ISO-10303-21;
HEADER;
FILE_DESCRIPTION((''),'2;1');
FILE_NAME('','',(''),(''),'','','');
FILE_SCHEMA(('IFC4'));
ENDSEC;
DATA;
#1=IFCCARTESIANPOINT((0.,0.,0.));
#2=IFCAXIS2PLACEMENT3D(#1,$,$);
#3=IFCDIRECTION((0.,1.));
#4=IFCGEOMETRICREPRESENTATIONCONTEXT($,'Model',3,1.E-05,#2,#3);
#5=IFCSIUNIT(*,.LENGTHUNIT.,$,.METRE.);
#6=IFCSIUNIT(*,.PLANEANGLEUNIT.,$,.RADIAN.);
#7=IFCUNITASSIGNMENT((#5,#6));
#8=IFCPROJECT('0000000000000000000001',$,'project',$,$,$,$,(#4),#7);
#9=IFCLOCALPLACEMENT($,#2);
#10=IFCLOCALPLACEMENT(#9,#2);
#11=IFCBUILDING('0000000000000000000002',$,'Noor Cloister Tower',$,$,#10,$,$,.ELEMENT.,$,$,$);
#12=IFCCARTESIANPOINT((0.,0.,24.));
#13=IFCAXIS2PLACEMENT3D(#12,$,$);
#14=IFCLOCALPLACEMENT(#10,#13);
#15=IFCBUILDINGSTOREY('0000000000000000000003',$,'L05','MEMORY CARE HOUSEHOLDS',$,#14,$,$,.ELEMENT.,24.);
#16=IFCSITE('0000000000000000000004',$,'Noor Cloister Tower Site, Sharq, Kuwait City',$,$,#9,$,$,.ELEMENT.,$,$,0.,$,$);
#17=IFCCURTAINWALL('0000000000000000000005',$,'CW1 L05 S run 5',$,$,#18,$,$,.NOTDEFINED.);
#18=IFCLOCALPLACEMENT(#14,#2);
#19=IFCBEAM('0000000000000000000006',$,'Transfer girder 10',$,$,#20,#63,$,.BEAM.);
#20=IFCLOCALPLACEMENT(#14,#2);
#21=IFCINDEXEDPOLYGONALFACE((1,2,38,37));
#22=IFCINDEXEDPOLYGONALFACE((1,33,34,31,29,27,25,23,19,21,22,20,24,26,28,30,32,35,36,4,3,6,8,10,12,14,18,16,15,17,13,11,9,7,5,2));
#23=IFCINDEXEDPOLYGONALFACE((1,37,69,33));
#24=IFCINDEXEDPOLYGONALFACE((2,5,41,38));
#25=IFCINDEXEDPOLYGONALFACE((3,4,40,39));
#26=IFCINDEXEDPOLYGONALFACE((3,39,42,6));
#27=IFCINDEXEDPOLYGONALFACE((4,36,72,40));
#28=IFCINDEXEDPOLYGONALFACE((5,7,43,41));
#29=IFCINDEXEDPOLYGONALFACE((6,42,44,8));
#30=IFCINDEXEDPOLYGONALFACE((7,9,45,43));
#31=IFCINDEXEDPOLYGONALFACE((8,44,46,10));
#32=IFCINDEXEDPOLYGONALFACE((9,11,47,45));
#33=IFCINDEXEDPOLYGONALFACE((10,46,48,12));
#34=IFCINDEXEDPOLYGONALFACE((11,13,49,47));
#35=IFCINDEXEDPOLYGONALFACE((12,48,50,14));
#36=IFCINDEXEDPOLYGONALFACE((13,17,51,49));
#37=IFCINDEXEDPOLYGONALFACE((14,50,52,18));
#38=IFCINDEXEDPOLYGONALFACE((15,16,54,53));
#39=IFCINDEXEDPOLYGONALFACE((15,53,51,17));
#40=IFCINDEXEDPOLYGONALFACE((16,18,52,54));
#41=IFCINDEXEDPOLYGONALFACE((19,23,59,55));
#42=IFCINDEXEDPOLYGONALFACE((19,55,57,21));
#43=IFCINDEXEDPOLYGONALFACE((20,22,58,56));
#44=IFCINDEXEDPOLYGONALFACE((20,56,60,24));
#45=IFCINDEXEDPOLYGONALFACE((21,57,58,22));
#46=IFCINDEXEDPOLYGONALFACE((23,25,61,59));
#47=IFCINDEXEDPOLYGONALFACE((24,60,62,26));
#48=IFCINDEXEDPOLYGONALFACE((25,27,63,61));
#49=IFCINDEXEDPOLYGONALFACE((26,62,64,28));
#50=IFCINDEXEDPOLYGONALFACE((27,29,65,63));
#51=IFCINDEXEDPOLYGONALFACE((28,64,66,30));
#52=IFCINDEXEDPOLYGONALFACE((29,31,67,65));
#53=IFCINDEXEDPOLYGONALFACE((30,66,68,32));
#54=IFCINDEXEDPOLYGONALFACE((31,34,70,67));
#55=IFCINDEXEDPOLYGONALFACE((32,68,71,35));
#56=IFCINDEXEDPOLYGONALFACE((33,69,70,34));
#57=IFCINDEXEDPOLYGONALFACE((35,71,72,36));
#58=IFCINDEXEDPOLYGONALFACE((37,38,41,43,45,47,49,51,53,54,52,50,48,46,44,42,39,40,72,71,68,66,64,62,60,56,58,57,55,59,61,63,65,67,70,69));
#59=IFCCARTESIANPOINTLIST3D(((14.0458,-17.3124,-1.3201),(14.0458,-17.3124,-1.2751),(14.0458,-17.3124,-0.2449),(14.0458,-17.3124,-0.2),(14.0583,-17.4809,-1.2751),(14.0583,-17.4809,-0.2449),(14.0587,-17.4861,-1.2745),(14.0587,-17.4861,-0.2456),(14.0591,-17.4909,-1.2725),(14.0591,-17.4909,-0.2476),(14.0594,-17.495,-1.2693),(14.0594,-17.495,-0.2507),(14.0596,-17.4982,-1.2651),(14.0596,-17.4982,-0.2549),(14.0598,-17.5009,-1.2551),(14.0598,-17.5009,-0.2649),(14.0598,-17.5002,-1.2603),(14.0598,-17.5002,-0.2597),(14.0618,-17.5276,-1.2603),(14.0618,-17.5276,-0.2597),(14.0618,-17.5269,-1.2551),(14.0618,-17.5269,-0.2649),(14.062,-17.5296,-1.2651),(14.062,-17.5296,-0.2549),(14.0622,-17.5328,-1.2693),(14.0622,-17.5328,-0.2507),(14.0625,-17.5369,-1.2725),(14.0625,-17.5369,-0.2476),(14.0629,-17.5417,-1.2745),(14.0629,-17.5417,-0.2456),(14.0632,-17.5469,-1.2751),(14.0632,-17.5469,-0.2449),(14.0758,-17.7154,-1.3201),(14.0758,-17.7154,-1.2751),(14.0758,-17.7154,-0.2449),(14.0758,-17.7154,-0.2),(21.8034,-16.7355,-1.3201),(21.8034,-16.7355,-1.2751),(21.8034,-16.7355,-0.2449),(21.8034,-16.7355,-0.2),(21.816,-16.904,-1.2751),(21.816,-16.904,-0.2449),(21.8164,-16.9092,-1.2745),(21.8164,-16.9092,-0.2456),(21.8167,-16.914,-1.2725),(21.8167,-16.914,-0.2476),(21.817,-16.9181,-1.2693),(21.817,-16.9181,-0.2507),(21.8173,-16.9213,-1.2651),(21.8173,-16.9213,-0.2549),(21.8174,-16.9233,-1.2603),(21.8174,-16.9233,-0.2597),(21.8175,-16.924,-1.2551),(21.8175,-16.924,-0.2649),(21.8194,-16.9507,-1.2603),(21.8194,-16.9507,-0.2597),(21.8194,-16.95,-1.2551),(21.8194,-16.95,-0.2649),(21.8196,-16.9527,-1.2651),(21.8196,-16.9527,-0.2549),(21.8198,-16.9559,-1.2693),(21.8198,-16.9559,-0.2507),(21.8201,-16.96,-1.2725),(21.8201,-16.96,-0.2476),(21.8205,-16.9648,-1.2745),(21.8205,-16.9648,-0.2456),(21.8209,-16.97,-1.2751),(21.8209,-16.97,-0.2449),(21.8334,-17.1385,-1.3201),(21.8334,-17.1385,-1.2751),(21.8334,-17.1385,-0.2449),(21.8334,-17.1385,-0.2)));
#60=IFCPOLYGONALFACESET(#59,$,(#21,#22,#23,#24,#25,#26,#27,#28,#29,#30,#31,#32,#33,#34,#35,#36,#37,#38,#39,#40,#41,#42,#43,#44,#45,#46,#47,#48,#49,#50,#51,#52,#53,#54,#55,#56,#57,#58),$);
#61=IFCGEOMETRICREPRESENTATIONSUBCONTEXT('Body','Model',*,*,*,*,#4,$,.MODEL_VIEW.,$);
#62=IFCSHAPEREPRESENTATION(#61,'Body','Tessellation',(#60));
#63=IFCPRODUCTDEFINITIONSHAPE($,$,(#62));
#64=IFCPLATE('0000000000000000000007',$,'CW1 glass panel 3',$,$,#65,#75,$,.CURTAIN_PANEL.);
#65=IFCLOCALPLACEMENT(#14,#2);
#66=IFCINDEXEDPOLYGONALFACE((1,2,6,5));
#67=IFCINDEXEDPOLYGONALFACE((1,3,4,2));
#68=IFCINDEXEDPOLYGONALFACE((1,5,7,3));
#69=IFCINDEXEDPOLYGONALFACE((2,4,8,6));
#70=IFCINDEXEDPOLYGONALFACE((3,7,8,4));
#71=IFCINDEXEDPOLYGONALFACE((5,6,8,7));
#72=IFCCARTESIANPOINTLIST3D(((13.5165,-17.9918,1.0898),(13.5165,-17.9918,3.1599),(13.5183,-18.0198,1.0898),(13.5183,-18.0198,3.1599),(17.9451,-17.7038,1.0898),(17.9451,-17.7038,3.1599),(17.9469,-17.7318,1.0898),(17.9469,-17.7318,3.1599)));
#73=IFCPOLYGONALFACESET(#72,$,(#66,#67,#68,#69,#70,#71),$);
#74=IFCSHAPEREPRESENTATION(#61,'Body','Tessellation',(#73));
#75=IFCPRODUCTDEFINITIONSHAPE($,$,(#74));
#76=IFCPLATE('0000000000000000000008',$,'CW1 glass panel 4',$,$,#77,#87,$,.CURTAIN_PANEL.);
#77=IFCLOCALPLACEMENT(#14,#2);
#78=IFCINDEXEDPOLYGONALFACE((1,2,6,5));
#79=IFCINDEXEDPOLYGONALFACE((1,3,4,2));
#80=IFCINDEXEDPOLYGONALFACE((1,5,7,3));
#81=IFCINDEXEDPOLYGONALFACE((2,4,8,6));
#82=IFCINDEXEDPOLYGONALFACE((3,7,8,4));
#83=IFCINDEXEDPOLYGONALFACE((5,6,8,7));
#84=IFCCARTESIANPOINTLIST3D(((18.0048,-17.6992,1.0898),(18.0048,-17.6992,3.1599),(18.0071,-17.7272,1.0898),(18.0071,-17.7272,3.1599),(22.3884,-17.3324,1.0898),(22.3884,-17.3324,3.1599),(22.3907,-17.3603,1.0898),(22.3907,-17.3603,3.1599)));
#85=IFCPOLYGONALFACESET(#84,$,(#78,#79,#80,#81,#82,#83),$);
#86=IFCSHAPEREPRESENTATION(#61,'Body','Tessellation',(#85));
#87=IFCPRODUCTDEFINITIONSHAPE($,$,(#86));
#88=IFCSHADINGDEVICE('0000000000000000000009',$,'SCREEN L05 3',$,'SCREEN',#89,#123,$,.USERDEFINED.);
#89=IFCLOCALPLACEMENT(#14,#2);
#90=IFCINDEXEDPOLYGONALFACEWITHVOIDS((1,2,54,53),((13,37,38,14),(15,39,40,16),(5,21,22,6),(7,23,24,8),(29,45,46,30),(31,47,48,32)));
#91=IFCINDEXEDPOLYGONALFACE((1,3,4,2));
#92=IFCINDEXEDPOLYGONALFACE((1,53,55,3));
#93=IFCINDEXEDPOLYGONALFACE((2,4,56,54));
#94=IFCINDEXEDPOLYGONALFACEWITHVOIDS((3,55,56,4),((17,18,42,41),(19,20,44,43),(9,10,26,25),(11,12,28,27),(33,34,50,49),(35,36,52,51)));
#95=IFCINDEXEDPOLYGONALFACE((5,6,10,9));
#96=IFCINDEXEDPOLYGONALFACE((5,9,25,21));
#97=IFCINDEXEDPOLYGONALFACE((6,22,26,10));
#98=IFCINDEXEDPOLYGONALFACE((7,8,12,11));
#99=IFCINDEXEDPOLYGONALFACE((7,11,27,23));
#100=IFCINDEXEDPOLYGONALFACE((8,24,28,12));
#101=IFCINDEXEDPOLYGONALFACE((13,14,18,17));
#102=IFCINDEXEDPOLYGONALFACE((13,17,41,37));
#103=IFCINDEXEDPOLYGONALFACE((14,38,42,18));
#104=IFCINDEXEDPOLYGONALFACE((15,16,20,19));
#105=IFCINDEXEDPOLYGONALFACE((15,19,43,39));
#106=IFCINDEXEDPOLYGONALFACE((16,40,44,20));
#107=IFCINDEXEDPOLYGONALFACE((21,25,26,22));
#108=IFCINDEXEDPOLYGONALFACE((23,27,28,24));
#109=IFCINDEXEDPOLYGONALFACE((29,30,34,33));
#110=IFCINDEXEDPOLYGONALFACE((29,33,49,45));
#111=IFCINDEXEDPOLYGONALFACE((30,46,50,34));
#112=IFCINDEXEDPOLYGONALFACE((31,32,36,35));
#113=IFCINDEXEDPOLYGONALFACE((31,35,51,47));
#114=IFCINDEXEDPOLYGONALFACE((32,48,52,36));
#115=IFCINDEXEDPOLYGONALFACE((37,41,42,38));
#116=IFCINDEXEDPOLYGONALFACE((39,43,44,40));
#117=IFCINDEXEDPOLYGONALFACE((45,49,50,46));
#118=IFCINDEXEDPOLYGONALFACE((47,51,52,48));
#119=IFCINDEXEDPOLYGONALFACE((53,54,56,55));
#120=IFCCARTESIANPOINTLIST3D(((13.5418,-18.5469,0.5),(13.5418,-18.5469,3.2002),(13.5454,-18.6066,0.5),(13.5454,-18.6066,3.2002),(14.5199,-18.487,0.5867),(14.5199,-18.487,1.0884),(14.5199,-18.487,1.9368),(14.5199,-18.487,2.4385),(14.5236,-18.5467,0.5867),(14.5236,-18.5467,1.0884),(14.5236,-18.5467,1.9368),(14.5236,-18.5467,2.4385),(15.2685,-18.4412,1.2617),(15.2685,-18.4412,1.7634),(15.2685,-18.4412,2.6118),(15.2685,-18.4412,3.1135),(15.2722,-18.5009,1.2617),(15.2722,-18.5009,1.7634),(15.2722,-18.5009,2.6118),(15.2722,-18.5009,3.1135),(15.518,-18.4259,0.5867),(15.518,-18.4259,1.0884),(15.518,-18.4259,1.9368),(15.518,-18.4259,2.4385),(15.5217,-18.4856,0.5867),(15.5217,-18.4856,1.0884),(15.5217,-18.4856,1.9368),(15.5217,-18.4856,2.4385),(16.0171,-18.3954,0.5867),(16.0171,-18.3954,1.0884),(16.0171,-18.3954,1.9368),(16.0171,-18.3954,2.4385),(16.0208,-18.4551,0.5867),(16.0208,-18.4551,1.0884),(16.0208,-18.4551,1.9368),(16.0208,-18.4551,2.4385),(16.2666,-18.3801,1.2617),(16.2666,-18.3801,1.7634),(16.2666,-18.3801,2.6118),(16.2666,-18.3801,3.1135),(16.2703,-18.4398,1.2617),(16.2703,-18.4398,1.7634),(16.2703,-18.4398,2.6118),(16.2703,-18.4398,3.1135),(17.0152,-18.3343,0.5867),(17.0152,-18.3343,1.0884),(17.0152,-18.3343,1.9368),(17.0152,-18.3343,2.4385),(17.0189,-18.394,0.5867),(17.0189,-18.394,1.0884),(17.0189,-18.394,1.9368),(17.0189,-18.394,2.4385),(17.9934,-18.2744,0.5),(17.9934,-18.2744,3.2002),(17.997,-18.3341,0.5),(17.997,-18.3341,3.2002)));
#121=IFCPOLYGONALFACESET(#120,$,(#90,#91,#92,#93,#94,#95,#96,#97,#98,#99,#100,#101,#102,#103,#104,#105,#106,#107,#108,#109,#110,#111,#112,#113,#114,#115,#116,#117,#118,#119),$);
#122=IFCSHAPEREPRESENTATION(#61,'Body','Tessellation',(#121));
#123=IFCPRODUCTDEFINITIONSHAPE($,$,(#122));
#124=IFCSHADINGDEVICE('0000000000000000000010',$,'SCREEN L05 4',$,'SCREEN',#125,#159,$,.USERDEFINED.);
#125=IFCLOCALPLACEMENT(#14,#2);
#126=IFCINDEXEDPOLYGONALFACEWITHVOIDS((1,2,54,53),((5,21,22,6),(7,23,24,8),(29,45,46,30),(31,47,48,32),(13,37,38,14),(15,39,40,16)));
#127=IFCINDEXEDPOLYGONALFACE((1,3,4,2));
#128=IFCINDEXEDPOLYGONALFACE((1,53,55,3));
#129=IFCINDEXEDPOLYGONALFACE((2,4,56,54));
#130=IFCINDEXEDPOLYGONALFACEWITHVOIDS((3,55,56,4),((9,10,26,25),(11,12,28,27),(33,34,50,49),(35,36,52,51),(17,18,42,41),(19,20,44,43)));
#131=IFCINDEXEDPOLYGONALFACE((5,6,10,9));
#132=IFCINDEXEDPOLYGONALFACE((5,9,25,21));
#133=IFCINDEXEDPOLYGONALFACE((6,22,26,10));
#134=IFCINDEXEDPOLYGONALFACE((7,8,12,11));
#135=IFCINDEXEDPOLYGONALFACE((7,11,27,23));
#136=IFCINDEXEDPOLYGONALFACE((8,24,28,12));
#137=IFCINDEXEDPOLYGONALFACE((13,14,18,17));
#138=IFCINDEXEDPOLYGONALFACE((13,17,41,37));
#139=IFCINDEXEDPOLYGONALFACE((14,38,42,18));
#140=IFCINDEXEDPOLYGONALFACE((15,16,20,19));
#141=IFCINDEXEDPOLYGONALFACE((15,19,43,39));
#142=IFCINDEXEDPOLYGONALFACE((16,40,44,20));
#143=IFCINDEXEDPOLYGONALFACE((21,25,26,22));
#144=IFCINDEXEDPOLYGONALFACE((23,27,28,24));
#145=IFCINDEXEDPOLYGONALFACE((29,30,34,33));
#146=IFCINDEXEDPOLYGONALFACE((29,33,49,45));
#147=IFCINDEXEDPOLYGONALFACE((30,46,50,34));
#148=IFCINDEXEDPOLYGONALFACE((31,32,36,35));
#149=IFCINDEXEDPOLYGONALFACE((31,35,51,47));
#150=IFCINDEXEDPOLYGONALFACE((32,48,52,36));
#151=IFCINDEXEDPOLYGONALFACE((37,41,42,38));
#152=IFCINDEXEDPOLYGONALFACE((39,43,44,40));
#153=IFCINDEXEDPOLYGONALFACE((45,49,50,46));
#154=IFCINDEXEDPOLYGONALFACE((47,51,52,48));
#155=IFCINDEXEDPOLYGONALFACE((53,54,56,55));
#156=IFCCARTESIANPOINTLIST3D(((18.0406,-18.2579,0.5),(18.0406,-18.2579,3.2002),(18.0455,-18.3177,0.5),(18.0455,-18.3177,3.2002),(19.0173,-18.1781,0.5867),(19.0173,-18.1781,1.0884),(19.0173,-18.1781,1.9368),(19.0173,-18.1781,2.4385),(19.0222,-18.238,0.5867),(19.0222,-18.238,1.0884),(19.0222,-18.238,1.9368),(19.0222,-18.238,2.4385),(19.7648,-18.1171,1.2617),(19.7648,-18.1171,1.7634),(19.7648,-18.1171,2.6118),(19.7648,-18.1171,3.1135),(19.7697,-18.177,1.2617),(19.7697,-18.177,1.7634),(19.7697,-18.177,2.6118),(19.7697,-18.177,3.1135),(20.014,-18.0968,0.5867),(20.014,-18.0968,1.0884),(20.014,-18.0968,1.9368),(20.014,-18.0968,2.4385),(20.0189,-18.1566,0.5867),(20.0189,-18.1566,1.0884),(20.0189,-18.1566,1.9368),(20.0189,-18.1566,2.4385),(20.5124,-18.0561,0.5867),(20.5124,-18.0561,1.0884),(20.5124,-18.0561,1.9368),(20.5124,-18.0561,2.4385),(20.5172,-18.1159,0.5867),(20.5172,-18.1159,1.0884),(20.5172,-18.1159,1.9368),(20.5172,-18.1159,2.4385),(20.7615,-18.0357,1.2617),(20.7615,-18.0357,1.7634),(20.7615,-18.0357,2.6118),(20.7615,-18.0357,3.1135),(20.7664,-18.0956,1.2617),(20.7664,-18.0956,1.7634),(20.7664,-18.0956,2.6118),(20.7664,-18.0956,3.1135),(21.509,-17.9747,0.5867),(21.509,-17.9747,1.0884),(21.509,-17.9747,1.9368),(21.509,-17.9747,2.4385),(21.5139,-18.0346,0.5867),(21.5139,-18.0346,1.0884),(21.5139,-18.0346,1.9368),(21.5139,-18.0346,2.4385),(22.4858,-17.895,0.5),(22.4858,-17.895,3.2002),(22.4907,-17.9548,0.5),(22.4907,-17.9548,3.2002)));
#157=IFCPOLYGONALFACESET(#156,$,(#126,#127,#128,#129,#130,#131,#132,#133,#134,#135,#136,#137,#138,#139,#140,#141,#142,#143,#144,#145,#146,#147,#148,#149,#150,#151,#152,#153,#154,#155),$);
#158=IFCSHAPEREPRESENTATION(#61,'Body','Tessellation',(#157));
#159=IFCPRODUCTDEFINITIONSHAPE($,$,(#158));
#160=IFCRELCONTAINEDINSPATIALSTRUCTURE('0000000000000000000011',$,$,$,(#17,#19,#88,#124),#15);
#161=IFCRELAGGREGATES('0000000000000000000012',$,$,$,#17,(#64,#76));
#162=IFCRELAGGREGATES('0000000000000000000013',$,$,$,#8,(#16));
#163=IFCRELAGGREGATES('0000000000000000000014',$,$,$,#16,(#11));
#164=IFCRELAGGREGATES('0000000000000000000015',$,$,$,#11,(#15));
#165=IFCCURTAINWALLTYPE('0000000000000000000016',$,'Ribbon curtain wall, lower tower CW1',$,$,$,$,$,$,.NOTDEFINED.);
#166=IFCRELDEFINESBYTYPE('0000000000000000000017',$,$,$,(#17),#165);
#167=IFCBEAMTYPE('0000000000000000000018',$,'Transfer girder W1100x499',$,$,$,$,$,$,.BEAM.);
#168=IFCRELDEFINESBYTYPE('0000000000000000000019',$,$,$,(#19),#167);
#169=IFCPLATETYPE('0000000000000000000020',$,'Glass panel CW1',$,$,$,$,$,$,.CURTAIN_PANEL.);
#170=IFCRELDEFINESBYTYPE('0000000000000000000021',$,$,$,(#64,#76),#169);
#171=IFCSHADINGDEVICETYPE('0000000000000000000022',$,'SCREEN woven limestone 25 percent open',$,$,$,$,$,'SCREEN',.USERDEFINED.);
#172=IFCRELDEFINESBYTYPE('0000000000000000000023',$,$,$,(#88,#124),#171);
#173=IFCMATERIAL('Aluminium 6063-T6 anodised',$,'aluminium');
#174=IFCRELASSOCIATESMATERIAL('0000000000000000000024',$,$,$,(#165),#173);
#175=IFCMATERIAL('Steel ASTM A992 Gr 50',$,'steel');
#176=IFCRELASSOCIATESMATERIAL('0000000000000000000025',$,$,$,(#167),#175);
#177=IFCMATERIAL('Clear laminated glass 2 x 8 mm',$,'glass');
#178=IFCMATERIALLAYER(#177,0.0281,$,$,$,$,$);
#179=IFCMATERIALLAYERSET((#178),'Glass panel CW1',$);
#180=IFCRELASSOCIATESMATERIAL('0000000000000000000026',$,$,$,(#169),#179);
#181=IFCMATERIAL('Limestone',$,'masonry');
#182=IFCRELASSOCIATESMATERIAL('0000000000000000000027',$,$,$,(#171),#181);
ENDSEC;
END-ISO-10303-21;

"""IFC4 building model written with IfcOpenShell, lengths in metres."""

from ifc_helpers import new_model, si_unit, direction, frame, origin, origin_2d, place, context, subcontext, project, spatial, polyline, rectangle, i_section, outline, extrude, material, layer, layer_set, material_profile, profile_set, type_object, element, aggregate, save


model = new_model("IFC4")

# Units and contexts
model_context = context("Model", 3, precision=1e-05, world=origin(), true_north=direction((0.0, 1.0)))
body_context = subcontext(model_context, "Body", "Model", "MODEL_VIEW")
ifc_project = project(units=[si_unit("LENGTHUNIT", "METRE"), si_unit("PLANEANGLEUNIT", "RADIAN")], contexts=[model_context])

# Site, building, storey
site_placement = place(None, origin())
site = spatial("IfcSite", under=ifc_project, at=site_placement, Name="Noor Cloister Tower Site, Sharq, Kuwait City", CompositionType="ELEMENT", RefElevation=0.0)
building_placement = place(site_placement, origin())
building = spatial("IfcBuilding", under=site, at=building_placement, Name="Noor Cloister Tower", CompositionType="ELEMENT")
storey_placement = place(building_placement, frame((0.0, 0.0, 24.0)))
storey = spatial("IfcBuildingStorey", under=building, at=storey_placement, Name="L05", Description="MEMORY CARE HOUSEHOLDS", CompositionType="ELEMENT", Elevation=24.0)

# Curtain wall
ifc_material_1 = material(Name="Aluminium 6063-T6 anodised", Category="aluminium")
curtain_wall_type = type_object("IfcCurtainWallType", Name="Ribbon curtain wall, lower tower CW1", PredefinedType="NOTDEFINED", material=ifc_material_1)
curtain_wall_placement = place(storey_placement, origin())
curtain_wall = element("IfcCurtainWall", 1, at=curtain_wall_placement, inside=storey, type_object=curtain_wall_type, Name="CW1 L05 S run 5", PredefinedType="NOTDEFINED")

# Beam
ifc_material_2 = material(Name="Steel ASTM A992 Gr 50", Category="steel")
ifc_material_profile_1 = material_profile(ifc_material_2, i_section(OverallWidth=0.4041, OverallDepth=1.1201, WebThickness=0.0261, FlangeThickness=0.0449, FilletRadius=0.02, at=origin_2d()), Name="W1100x499")
ifc_profile_set_1 = profile_set([ifc_material_profile_1], Name="Steel ASTM A992 Gr 50")
beam_type_1 = type_object("IfcBeamType", Name="Transfer girder W1100x499", PredefinedType="BEAM", material=ifc_profile_set_1)
beam_1_placement = place(storey_placement, frame((14.0608, -17.5139, -0.76), z_axis=(0.997246, 0.074162, 0.0), x_axis=(-0.074162, 0.997246, 0.0)))
element("IfcBeam", 2, at=beam_1_placement, inside=storey, type_object=beam_type_1, Name="Transfer girder 10", PredefinedType="BEAM", context=body_context, shape_type="SweptSolid", body=[
    extrude(i_section(OverallWidth=0.4041, OverallDepth=1.1201, WebThickness=0.0261, FlangeThickness=0.0449, FilletRadius=0.02, at=origin_2d()), origin(), (0.0, 0.0, 1.0), 7.7791),
])

# Plates
ifc_material_3 = material(Name="Clear laminated glass 2 x 8 mm", Category="glass")
ifc_layer = layer(ifc_material_3, 0.0281)
ifc_layer_set = layer_set([ifc_layer], Name="Glass panel CW1")
plate_type = type_object("IfcPlateType", Name="Glass panel CW1", PredefinedType="CURTAIN_PANEL", material=ifc_layer_set)
plate_1_placement = place(storey_placement, frame((15.7317, -17.8618, 1.0898), z_axis=(0.0, 0.0, 1.0), x_axis=(0.997892, 0.064893, 0.0)))
plate_1 = element("IfcPlate", 3, at=plate_1_placement, type_object=plate_type, Name="CW1 glass panel 3", PredefinedType="CURTAIN_PANEL", context=body_context, shape_type="SweptSolid", body=[
    extrude(rectangle(XDim=4.438, YDim=0.0281, at=origin_2d()), origin(), (0.0, 0.0, 1.0), 2.0701),
])
plate_2_placement = place(storey_placement, frame((20.1978, -17.5298, 1.0898), z_axis=(0.0, 0.0, 1.0), x_axis=(0.996517, 0.083396, 0.0)))
plate_2 = element("IfcPlate", 4, at=plate_2_placement, type_object=plate_type, Name="CW1 glass panel 4", PredefinedType="CURTAIN_PANEL", context=body_context, shape_type="SweptSolid", body=[
    extrude(rectangle(XDim=4.3989, YDim=0.0281, at=origin_2d()), origin(), (0.0, 0.0, 1.0), 2.0701),
])
aggregate(curtain_wall, [plate_1, plate_2])

# Shading devices
ifc_material_4 = material(Name="Limestone", Category="masonry")
ifc_material_profile_2 = material_profile(ifc_material_4, outline(polyline([(-2.23, -1.3501), (2.23, -1.3501), (2.23, 1.3501), (-2.23, 1.3501), (-2.23, -1.3501)]), holes=[polyline([(-1.25, -1.2634), (-0.25, -1.2634), (-0.25, -0.7617), (-1.25, -0.7617), (-1.25, -1.2634)]), polyline([(0.25, -1.2634), (1.25, -1.2634), (1.25, -0.7617), (0.25, -0.7617), (0.25, -1.2634)]), polyline([(-0.5, -0.5884), (0.5, -0.5884), (0.5, -0.0867), (-0.5, -0.0867), (-0.5, -0.5884)]), polyline([(-1.25, 0.0867), (-0.25, 0.0867), (-0.25, 0.5884), (-1.25, 0.5884), (-1.25, 0.0867)]), polyline([(0.25, 0.0867), (1.25, 0.0867), (1.25, 0.5884), (0.25, 0.5884), (0.25, 0.0867)]), polyline([(-0.5, 0.7617), (0.5, 0.7617), (0.5, 1.2634), (-0.5, 1.2634), (-0.5, 0.7617)])]), Name="Woven screen 25 percent open")
ifc_profile_set_2 = profile_set([ifc_material_profile_2], Name="Limestone")
shading_device_type = type_object("IfcShadingDeviceType", Name="SCREEN woven limestone 25 percent open", ElementType="SCREEN", PredefinedType="USERDEFINED", material=ifc_profile_set_2)
shading_device_1_placement = place(storey_placement, frame((15.7676, -18.4106, 1.8501), z_axis=(0.06111, -0.998131, 0.0), x_axis=(0.998131, 0.06111, 0.0)))
element("IfcShadingDevice", 5, at=shading_device_1_placement, inside=storey, type_object=shading_device_type, Name="SCREEN L05 3", ObjectType="SCREEN", PredefinedType="USERDEFINED", context=body_context, shape_type="SweptSolid", body=[
    extrude(outline(polyline([(-2.23, -1.3501), (2.23, -1.3501), (2.23, 1.3501), (-2.23, 1.3501), (-2.23, -1.3501)]), holes=[polyline([(-1.25, -1.2634), (-0.25, -1.2634), (-0.25, -0.7617), (-1.25, -0.7617), (-1.25, -1.2634)]), polyline([(0.25, -1.2634), (1.25, -1.2634), (1.25, -0.7617), (0.25, -0.7617), (0.25, -1.2634)]), polyline([(-0.5, -0.5884), (0.5, -0.5884), (0.5, -0.0867), (-0.5, -0.0867), (-0.5, -0.5884)]), polyline([(-1.25, 0.0867), (-0.25, 0.0867), (-0.25, 0.5884), (-1.25, 0.5884), (-1.25, 0.0867)]), polyline([(0.25, 0.0867), (1.25, 0.0867), (1.25, 0.5884), (0.25, 0.5884), (0.25, 0.0867)]), polyline([(-0.5, 0.7617), (0.5, 0.7617), (0.5, 1.2634), (-0.5, 1.2634), (-0.5, 0.7617)])]), origin(), (0.0, 0.0, 1.0), 0.0598),
])
shading_device_2_placement = place(storey_placement, frame((20.2632, -18.0764, 1.8501), z_axis=(0.081362, -0.996685, 0.0), x_axis=(0.996685, 0.081362, 0.0)))
element("IfcShadingDevice", 6, at=shading_device_2_placement, inside=storey, type_object=shading_device_type, Name="SCREEN L05 4", ObjectType="SCREEN", PredefinedType="USERDEFINED", context=body_context, shape_type="SweptSolid", body=[
    extrude(outline(polyline([(-2.23, -1.3501), (2.23, -1.3501), (2.23, 1.3501), (-2.23, 1.3501), (-2.23, -1.3501)]), holes=[polyline([(-1.25, -1.2634), (-0.25, -1.2634), (-0.25, -0.7617), (-1.25, -0.7617), (-1.25, -1.2634)]), polyline([(0.25, -1.2634), (1.25, -1.2634), (1.25, -0.7617), (0.25, -0.7617), (0.25, -1.2634)]), polyline([(-0.5, -0.5884), (0.5, -0.5884), (0.5, -0.0867), (-0.5, -0.0867), (-0.5, -0.5884)]), polyline([(-1.25, 0.0867), (-0.25, 0.0867), (-0.25, 0.5884), (-1.25, 0.5884), (-1.25, 0.0867)]), polyline([(0.25, 0.0867), (1.25, 0.0867), (1.25, 0.5884), (0.25, 0.5884), (0.25, 0.0867)]), polyline([(-0.5, 0.7617), (0.5, 0.7617), (0.5, 1.2634), (-0.5, 1.2634), (-0.5, 0.7617)])]), origin(), (0.0, 0.0, 1.0), 0.0601),
])

save(model, "model.ifc")
